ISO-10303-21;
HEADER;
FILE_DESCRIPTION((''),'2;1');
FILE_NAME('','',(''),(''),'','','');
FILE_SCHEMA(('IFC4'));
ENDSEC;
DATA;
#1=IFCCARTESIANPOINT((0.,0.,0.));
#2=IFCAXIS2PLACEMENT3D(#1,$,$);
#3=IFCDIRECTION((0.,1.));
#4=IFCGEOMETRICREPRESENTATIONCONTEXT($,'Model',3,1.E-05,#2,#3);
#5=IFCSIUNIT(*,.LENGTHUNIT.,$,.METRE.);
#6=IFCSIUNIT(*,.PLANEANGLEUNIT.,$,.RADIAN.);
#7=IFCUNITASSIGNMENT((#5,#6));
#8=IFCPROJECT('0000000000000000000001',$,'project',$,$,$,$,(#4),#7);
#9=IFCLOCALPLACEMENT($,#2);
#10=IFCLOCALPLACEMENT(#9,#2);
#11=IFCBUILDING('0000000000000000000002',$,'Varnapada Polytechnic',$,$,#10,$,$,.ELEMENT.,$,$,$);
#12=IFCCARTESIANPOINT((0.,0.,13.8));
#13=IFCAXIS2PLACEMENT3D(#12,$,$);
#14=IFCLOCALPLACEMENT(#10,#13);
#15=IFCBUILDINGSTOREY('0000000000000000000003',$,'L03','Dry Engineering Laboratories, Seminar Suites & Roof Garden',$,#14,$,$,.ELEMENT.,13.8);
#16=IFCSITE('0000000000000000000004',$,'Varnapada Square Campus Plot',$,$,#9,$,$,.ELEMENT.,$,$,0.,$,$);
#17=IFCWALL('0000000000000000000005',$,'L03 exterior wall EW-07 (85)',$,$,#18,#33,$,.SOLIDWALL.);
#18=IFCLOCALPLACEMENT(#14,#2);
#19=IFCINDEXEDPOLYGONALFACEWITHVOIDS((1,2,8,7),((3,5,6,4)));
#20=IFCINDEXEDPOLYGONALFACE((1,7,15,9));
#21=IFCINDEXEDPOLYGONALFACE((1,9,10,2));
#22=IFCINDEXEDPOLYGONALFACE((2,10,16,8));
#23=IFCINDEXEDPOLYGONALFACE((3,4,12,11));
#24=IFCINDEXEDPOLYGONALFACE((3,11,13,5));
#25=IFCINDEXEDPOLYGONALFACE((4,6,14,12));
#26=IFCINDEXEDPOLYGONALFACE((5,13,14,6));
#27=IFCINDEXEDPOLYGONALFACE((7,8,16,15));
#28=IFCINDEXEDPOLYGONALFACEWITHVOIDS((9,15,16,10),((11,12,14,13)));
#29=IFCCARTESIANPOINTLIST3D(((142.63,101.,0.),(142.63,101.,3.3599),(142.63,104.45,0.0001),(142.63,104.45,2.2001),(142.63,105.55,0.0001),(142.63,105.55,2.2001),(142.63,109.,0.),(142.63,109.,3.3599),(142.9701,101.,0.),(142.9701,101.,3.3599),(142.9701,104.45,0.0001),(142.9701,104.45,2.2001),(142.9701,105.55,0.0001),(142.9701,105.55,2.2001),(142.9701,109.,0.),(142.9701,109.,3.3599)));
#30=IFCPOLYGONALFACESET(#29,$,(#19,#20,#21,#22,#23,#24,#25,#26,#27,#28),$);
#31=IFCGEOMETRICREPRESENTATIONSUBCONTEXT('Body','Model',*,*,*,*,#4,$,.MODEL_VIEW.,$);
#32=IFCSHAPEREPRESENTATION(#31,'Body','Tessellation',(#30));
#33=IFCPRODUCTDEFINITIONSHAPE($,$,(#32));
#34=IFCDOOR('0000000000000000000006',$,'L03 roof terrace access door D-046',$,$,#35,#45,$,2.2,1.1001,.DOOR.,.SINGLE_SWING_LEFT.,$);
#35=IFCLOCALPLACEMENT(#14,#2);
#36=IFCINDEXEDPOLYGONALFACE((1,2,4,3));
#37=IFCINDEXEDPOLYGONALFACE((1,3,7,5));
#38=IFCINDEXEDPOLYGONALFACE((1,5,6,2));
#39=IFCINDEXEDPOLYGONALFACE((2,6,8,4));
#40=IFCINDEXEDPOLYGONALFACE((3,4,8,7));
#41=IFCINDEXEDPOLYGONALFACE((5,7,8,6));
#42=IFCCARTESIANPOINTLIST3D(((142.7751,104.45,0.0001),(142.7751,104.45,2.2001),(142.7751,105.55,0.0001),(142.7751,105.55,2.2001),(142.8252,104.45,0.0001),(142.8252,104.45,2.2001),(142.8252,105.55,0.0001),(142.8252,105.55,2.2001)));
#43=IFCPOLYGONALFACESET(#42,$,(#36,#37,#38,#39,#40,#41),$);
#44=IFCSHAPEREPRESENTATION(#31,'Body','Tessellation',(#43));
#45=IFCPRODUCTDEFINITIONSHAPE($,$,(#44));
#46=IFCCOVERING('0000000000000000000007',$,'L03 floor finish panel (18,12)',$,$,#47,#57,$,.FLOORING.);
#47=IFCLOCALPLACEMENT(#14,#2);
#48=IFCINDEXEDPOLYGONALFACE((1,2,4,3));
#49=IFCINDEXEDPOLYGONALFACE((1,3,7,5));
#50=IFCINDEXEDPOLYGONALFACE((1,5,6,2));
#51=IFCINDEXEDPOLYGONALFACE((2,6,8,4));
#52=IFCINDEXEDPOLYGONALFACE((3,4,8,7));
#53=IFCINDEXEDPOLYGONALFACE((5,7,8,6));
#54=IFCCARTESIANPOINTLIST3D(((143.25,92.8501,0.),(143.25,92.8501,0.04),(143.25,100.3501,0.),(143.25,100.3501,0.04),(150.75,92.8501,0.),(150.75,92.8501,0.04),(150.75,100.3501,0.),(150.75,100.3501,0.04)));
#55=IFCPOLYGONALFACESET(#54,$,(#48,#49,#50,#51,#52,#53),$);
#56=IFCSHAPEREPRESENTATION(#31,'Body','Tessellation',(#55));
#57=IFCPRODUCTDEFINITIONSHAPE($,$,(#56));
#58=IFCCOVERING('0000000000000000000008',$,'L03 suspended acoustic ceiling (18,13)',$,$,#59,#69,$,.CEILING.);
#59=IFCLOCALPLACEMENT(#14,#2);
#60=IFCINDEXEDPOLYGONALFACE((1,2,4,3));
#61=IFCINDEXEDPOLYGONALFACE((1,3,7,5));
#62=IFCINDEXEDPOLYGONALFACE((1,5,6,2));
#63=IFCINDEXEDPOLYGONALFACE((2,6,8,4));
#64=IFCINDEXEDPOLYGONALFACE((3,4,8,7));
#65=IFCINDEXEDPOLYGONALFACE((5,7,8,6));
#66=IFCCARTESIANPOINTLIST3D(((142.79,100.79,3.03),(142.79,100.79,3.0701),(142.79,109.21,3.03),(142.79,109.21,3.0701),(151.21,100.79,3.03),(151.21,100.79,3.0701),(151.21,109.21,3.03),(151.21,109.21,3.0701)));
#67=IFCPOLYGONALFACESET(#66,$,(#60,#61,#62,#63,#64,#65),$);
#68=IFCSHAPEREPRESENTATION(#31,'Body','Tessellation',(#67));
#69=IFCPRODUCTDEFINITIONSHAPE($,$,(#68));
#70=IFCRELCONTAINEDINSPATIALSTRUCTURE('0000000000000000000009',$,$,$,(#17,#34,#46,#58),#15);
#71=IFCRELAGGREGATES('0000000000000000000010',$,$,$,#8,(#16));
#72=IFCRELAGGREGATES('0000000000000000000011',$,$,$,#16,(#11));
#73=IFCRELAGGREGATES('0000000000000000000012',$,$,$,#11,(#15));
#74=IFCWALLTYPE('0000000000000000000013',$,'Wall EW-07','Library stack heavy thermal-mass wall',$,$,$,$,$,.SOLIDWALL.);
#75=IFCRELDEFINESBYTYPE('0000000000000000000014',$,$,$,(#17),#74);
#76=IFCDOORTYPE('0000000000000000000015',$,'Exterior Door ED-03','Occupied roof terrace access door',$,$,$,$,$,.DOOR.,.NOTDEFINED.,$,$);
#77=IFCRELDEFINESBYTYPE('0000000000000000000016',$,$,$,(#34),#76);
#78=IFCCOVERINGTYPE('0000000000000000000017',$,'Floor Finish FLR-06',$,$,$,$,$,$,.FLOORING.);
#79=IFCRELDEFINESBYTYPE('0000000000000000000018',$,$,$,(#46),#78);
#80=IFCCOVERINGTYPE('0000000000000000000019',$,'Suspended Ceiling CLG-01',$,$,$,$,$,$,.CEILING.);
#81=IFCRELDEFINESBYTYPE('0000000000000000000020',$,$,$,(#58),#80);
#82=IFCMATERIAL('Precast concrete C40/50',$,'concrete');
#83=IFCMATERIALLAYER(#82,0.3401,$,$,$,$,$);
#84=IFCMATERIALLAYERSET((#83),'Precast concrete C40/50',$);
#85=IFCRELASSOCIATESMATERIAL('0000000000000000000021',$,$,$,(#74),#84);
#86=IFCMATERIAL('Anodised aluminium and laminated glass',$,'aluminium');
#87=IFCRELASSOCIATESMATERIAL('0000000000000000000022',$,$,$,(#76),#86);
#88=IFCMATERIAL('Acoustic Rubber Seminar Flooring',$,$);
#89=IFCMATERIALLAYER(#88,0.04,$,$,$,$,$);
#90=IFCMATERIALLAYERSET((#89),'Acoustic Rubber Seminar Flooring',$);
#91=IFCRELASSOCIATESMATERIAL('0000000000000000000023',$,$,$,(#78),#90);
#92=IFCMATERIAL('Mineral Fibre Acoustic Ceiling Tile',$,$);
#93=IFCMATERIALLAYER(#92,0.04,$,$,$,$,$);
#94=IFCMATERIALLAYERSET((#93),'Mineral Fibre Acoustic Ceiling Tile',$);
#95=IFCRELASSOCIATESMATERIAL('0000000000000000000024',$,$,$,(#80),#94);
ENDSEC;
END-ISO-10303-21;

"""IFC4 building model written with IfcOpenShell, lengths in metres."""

from ifc_helpers import new_model, si_unit, direction, frame, frame_2d, origin, origin_2d, place, context, subcontext, project, spatial, rectangle, extrude, material, layer, layer_set, type_object, element, fill, save


model = new_model("IFC4")

# Units and contexts
model_context = context("Model", 3, precision=1e-05, world=origin(), true_north=direction((0.0, 1.0)))
body_context = subcontext(model_context, "Body", "Model", "MODEL_VIEW")
ifc_project = project(units=[si_unit("LENGTHUNIT", "METRE"), si_unit("PLANEANGLEUNIT", "RADIAN")], contexts=[model_context])

# Site, building, storey
site_placement = place(None, origin())
site = spatial("IfcSite", under=ifc_project, at=site_placement, Name="Varnapada Square Campus Plot", CompositionType="ELEMENT", RefElevation=0.0)
building_placement = place(site_placement, origin())
building = spatial("IfcBuilding", under=site, at=building_placement, Name="Varnapada Polytechnic", CompositionType="ELEMENT")
storey_placement = place(building_placement, frame((0.0, 0.0, 13.8)))
storey = spatial("IfcBuildingStorey", under=building, at=storey_placement, Name="L03", Description="Dry Engineering Laboratories, Seminar Suites & Roof Garden", CompositionType="ELEMENT", Elevation=13.8)

# Wall, opening, door
ifc_material_1 = material(Name="Precast concrete C40/50", Category="concrete")
ifc_layer_1 = layer(ifc_material_1, 0.3401)
ifc_layer_set_1 = layer_set([ifc_layer_1], Name="Precast concrete C40/50")
wall_type_1 = type_object("IfcWallType", Name="Wall EW-07", Description="Library stack heavy thermal-mass wall", PredefinedType="SOLIDWALL", material=ifc_layer_set_1)
ifc_material_2 = material(Name="Anodised aluminium and laminated glass", Category="aluminium")
door_type_1 = type_object("IfcDoorType", Name="Exterior Door ED-03", Description="Occupied roof terrace access door", OperationType="NOTDEFINED", PredefinedType="DOOR", material=ifc_material_2)
wall_1_placement = place(storey_placement, frame((142.8, 101.0, 0.0), z_axis=(0.0, 0.0, 1.0), x_axis=(0.0, 1.0, 0.0)))
wall_1 = element("IfcWall", 1, at=wall_1_placement, inside=storey, type_object=wall_type_1, Name="L03 exterior wall EW-07 (85)", PredefinedType="SOLIDWALL", context=body_context, shape_type="SweptSolid", body=[
    extrude(rectangle(XDim=8.0, YDim=0.3401, at=frame_2d((4.0, 0.0))), origin(), (0.0, 0.0, 1.0), 3.3599),
])
opening_1_placement = place(wall_1_placement, frame((3.45, 0.0, 0.0)))
opening_1 = element("IfcOpeningElement", 2, at=opening_1_placement, cuts=wall_1, PredefinedType="OPENING", context=body_context, shape_type="SweptSolid", body=[
    extrude(rectangle(XDim=1.1001, YDim=2.2, at=frame_2d((0.55, 1.1001))), frame((0.0, 0.1799, 0.0), z_axis=(0.0, -1.0, 0.0), x_axis=(1.0, 0.0, 0.0)), (0.0, 0.0, 1.0), 0.3601),
])
door_1_placement = place(opening_1_placement, origin())
door_1 = element("IfcDoor", 3, at=door_1_placement, inside=storey, type_object=door_type_1, Name="L03 roof terrace access door D-046", OperationType="SINGLE_SWING_LEFT", OverallHeight=2.2, OverallWidth=1.1001, PredefinedType="DOOR", context=body_context, shape_type="SweptSolid", body=[
    extrude(rectangle(XDim=1.1001, YDim=2.2, at=frame_2d((0.55, 1.1001))), frame((0.0, 0.0249, 0.0), z_axis=(0.0, -1.0, 0.0), x_axis=(1.0, 0.0, 0.0)), (0.0, 0.0, 1.0), 0.05),
])
fill(opening_1, door_1)

# Coverings
ifc_material_3 = material(Name="Acoustic Rubber Seminar Flooring")
ifc_layer_2 = layer(ifc_material_3, 0.04)
ifc_layer_set_2 = layer_set([ifc_layer_2], Name="Acoustic Rubber Seminar Flooring")
covering_type_1 = type_object("IfcCoveringType", Name="Floor Finish FLR-06", PredefinedType="FLOORING", material=ifc_layer_set_2)
covering_1_placement = place(storey_placement, frame((147.0, 96.6001, 0.0), z_axis=(0.0, 0.0, 1.0), x_axis=(1.0, 0.0, 0.0)))
element("IfcCovering", 4, at=covering_1_placement, inside=storey, type_object=covering_type_1, Name="L03 floor finish panel (18,12)", PredefinedType="FLOORING", context=body_context, shape_type="SweptSolid", body=[
    extrude(rectangle(XDim=7.5, YDim=7.5, at=origin_2d()), origin(), (0.0, 0.0, 1.0), 0.04),
])
ifc_material_4 = material(Name="Mineral Fibre Acoustic Ceiling Tile")
ifc_layer_3 = layer(ifc_material_4, 0.04)
ifc_layer_set_3 = layer_set([ifc_layer_3], Name="Mineral Fibre Acoustic Ceiling Tile")
covering_type_2 = type_object("IfcCoveringType", Name="Suspended Ceiling CLG-01", PredefinedType="CEILING", material=ifc_layer_set_3)
covering_2_placement = place(storey_placement, frame((147.0, 105.0, 3.03), z_axis=(0.0, 0.0, 1.0), x_axis=(1.0, 0.0, 0.0)))
element("IfcCovering", 5, at=covering_2_placement, inside=storey, type_object=covering_type_2, Name="L03 suspended acoustic ceiling (18,13)", PredefinedType="CEILING", context=body_context, shape_type="SweptSolid", body=[
    extrude(rectangle(XDim=8.4199, YDim=8.4199, at=origin_2d()), origin(), (0.0, 0.0, 1.0), 0.04),
])

save(model, "model.ifc")
